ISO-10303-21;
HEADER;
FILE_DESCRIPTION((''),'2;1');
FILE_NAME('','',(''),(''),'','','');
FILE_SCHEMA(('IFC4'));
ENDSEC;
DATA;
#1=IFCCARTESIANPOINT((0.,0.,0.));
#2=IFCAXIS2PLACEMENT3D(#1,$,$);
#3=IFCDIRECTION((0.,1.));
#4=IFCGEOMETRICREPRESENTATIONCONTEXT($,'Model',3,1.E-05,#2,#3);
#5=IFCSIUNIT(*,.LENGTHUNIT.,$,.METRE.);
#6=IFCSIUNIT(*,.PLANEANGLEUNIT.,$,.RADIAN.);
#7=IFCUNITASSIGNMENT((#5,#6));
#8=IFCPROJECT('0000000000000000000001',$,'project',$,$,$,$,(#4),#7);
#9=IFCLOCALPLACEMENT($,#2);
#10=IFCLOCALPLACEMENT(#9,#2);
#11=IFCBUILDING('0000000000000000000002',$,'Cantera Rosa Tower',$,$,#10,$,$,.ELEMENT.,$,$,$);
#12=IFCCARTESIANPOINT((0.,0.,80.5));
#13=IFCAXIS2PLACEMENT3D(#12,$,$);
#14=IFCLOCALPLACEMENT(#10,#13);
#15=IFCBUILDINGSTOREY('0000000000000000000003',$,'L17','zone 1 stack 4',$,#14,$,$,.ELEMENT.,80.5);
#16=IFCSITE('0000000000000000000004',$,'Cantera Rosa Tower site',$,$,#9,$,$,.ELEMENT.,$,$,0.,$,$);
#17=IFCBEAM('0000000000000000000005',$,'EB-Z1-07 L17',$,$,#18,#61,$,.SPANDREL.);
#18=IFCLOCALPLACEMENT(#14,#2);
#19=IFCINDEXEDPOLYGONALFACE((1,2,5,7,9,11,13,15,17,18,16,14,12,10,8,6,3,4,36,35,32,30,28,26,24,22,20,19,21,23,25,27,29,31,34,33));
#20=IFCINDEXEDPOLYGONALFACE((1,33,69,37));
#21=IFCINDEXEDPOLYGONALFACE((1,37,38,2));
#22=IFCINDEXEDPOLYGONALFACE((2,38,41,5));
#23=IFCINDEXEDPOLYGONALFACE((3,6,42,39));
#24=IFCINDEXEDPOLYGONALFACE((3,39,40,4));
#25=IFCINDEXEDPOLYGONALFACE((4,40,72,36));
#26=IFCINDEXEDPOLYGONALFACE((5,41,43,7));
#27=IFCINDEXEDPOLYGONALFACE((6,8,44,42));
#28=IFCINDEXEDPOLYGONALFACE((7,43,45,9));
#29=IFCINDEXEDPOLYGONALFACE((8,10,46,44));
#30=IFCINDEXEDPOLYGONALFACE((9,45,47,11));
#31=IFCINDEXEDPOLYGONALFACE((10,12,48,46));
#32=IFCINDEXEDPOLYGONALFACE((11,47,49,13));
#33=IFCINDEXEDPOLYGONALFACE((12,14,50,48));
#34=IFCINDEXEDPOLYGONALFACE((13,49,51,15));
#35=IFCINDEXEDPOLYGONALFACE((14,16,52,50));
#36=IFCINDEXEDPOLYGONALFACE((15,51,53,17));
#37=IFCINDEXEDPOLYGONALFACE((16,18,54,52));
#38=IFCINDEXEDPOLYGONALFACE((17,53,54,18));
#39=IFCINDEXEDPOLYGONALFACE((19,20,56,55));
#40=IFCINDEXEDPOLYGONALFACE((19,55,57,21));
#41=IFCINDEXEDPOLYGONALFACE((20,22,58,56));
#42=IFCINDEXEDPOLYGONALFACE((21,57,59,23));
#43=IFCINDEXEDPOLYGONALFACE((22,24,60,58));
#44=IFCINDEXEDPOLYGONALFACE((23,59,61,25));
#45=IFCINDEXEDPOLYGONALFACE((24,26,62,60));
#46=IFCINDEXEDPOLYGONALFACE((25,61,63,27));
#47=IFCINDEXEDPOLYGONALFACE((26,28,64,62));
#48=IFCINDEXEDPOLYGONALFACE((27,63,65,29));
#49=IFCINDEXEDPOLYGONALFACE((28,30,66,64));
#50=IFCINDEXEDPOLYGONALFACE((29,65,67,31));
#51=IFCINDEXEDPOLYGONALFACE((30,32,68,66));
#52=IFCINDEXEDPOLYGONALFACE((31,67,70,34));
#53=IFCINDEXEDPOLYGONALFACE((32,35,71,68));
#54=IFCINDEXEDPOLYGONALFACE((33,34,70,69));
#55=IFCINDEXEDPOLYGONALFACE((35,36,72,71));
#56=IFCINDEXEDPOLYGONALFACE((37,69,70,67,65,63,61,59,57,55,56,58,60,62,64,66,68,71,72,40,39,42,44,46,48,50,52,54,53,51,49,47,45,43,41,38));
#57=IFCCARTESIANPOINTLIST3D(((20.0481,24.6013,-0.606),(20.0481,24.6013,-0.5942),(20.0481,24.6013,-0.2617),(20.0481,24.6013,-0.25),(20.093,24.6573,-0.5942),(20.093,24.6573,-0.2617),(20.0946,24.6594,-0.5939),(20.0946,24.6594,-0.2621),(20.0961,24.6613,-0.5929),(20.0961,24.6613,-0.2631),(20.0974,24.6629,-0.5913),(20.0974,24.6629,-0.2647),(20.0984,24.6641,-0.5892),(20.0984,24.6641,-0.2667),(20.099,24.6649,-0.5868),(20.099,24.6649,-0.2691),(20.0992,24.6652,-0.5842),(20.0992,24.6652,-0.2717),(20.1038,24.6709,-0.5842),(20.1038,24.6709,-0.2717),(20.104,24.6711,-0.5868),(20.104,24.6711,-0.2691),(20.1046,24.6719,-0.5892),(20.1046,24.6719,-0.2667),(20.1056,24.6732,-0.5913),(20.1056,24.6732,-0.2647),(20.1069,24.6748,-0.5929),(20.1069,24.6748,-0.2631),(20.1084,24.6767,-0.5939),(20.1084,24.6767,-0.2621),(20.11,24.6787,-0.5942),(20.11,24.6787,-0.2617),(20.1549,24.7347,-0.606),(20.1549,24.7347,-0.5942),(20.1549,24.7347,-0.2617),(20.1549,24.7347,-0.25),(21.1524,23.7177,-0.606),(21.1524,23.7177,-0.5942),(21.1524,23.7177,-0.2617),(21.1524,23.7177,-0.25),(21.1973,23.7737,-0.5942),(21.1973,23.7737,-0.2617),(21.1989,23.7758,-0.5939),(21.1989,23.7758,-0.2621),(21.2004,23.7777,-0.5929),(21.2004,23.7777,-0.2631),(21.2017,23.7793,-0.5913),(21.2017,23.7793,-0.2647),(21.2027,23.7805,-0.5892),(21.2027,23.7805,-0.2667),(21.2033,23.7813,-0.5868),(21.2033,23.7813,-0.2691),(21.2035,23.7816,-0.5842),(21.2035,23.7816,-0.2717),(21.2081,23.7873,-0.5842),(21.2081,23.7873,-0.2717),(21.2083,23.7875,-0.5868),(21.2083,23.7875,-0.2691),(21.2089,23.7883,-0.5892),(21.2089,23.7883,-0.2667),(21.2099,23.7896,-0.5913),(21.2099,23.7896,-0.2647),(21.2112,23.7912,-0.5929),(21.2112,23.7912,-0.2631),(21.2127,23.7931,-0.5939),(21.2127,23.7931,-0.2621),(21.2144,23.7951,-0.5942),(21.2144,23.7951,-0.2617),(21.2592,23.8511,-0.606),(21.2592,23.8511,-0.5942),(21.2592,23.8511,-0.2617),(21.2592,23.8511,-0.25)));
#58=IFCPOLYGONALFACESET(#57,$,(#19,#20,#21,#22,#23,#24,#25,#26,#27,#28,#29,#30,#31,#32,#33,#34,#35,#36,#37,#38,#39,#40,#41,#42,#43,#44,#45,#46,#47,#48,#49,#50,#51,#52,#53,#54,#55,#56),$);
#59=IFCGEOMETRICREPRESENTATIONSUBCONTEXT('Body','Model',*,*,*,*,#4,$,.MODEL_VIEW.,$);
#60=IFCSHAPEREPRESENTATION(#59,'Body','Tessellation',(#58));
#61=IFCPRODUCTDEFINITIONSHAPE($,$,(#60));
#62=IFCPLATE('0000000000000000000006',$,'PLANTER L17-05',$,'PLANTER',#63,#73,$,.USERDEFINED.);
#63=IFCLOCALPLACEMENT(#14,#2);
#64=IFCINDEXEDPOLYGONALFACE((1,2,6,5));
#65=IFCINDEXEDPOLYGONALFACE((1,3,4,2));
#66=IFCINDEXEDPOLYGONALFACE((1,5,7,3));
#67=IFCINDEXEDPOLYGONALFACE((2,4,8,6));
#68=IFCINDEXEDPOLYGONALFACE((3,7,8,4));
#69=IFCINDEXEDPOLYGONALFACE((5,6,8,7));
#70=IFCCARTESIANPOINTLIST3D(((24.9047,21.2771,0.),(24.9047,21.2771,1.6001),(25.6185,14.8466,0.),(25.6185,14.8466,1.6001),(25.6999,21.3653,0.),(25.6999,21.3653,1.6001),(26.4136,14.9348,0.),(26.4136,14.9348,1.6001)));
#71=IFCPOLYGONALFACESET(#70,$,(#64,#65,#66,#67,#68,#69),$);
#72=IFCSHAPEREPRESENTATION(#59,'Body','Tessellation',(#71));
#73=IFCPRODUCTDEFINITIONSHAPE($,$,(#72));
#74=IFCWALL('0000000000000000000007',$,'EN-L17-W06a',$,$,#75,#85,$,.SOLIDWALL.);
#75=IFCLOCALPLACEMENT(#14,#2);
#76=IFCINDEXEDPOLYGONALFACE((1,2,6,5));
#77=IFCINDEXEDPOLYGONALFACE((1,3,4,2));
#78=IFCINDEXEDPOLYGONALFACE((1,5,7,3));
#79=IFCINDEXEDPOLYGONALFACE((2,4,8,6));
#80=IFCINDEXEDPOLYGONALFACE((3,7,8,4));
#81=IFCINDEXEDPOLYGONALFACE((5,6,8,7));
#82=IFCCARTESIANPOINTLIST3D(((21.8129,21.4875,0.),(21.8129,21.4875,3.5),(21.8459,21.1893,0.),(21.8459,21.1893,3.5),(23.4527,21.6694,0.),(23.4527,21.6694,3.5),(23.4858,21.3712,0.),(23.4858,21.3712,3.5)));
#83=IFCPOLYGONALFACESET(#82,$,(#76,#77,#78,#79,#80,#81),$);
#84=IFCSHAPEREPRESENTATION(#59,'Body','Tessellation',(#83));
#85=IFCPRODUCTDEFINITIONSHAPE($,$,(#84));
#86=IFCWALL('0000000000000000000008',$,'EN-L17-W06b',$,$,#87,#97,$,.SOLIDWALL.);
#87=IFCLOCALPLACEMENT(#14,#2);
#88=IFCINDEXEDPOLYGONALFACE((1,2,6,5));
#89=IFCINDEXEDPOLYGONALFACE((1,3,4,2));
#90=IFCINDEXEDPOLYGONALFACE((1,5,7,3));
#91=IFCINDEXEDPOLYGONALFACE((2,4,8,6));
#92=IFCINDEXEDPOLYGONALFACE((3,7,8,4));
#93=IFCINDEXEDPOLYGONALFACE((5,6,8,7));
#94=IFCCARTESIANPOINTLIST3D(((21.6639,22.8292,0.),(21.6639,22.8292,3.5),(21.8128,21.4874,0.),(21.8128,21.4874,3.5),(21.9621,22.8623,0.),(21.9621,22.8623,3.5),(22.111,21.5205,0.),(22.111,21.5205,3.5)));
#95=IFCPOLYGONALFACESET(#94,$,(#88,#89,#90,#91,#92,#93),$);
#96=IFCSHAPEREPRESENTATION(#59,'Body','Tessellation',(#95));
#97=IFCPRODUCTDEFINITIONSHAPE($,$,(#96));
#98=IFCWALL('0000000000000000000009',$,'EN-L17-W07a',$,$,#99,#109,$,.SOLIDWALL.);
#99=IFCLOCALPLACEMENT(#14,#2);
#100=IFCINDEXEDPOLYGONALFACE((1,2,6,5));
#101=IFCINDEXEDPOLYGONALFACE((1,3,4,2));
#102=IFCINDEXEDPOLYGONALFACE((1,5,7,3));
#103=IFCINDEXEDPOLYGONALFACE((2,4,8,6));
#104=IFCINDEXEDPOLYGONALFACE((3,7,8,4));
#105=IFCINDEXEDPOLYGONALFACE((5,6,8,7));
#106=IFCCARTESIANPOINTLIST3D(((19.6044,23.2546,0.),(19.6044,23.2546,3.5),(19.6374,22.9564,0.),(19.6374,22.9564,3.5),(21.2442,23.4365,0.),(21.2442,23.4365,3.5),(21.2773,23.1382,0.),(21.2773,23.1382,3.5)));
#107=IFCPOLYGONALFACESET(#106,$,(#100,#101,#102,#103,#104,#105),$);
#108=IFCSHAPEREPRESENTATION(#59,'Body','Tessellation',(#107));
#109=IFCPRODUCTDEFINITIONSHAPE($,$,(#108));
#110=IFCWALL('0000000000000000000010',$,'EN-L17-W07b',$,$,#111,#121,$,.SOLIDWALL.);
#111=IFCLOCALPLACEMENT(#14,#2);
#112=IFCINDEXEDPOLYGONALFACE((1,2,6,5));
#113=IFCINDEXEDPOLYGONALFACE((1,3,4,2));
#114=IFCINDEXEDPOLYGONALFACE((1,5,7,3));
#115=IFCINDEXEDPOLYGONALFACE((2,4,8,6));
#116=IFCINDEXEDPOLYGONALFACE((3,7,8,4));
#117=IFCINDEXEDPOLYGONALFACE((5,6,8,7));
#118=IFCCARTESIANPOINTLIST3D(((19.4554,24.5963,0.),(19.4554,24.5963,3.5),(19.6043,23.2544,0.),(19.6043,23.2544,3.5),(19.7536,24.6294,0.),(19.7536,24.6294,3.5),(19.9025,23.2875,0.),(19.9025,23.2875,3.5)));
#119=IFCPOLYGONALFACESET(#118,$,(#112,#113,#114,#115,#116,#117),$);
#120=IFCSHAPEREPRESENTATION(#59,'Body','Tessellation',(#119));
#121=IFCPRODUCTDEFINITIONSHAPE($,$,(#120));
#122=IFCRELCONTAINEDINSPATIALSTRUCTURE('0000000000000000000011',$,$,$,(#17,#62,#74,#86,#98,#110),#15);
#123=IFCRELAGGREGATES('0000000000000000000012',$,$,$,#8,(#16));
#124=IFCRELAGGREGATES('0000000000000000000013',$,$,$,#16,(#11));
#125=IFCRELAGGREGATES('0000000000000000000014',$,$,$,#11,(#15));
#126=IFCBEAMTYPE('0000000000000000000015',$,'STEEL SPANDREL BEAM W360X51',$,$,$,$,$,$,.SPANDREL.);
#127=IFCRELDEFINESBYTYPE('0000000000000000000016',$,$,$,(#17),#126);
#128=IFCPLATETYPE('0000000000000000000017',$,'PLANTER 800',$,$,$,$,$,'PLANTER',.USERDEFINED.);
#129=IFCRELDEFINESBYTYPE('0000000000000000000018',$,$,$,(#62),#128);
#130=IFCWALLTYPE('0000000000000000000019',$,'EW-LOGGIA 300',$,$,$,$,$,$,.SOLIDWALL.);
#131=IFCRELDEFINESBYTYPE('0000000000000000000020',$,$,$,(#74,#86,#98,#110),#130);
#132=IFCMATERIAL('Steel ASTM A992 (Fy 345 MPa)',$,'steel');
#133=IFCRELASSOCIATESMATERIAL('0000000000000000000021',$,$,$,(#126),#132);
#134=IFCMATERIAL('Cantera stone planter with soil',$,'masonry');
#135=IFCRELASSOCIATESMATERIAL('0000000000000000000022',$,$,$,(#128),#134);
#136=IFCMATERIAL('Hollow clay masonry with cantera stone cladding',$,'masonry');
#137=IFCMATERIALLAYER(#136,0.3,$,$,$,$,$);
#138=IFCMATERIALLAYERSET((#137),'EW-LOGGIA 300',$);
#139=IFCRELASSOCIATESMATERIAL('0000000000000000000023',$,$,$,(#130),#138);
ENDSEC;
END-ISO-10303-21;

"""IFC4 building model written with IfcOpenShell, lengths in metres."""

from ifc_helpers import new_model, si_unit, direction, frame, frame_2d, origin, origin_2d, place, context, subcontext, project, spatial, rectangle, i_section, extrude, material, layer, layer_set, material_profile, profile_set, type_object, element, save


model = new_model("IFC4")

# Units and contexts
model_context = context("Model", 3, precision=1e-05, world=origin(), true_north=direction((0.0, 1.0)))
body_context = subcontext(model_context, "Body", "Model", "MODEL_VIEW")
ifc_project = project(units=[si_unit("LENGTHUNIT", "METRE"), si_unit("PLANEANGLEUNIT", "RADIAN")], contexts=[model_context])

# Site, building, storey
site_placement = place(None, origin())
site = spatial("IfcSite", under=ifc_project, at=site_placement, Name="Cantera Rosa Tower site", CompositionType="ELEMENT", RefElevation=0.0)
building_placement = place(site_placement, origin())
building = spatial("IfcBuilding", under=site, at=building_placement, Name="Cantera Rosa Tower", CompositionType="ELEMENT")
storey_placement = place(building_placement, frame((0.0, 0.0, 80.5)))
storey = spatial("IfcBuildingStorey", under=building, at=storey_placement, Name="L17", Description="zone 1 stack 4", CompositionType="ELEMENT", Elevation=80.5)

# Beam
ifc_material_1 = material(Name="Steel ASTM A992 (Fy 345 MPa)", Category="steel")
ifc_material_profile_1 = material_profile(ifc_material_1, i_section(OverallWidth=0.1709, OverallDepth=0.356, WebThickness=0.0073, FlangeThickness=0.0117, FilletRadius=0.01, at=origin_2d()), Name="W360X51")
ifc_profile_set_1 = profile_set([ifc_material_profile_1], Name="Steel ASTM A992 (Fy 345 MPa)")
beam_type_1 = type_object("IfcBeamType", Name="STEEL SPANDREL BEAM W360X51", PredefinedType="SPANDREL", material=ifc_profile_set_1)
for number, where, z_axis, x_axis, name in (
    (1, (21.2058, 23.7844, -0.428), (-0.780818, 0.624758, 0.0), (-0.624758, -0.780818, 0.0), "EB-Z1-07 L17"),
):
    element("IfcBeam", number, at=place(storey_placement, frame(where, z_axis=z_axis, x_axis=x_axis)), inside=storey, type_object=beam_type_1, Name=name, PredefinedType="SPANDREL", context=body_context, shape_type="SweptSolid", body=[
        extrude(i_section(OverallWidth=0.1709, OverallDepth=0.356, WebThickness=0.0073, FlangeThickness=0.0117, FilletRadius=0.01, at=origin_2d()), origin(), (0.0, 0.0, 1.0), 1.4143),
    ])

# Plate
ifc_material_2 = material(Name="Cantera stone planter with soil", Category="masonry")
plate_type = type_object("IfcPlateType", Name="PLANTER 800", ElementType="PLANTER", PredefinedType="USERDEFINED", material=ifc_material_2)
plate_placement = place(storey_placement, frame((25.6592, 18.106, 0.0), z_axis=(0.0, 0.0, 1.0), x_axis=(-0.110313, 0.993897, 0.0)))
element("IfcPlate", 2, at=plate_placement, inside=storey, type_object=plate_type, Name="PLANTER L17-05", ObjectType="PLANTER", PredefinedType="USERDEFINED", context=body_context, shape_type="SweptSolid", body=[
    extrude(rectangle(XDim=6.47, YDim=0.8, at=origin_2d()), origin(), (0.0, 0.0, 1.0), 1.6001),
])

# Walls
ifc_material_3 = material(Name="Hollow clay masonry with cantera stone cladding", Category="masonry")
ifc_layer_1 = layer(ifc_material_3, 0.3)
ifc_layer_set_1 = layer_set([ifc_layer_1], Name="EW-LOGGIA 300")
wall_type_1 = type_object("IfcWallType", Name="EW-LOGGIA 300", PredefinedType="SOLIDWALL", material=ifc_layer_set_1)
wall_1_placement = place(storey_placement, frame((23.4692, 21.5203, 0.0), z_axis=(0.0, 0.0, 1.0), x_axis=(-0.993905, -0.110237, 0.0)))
element("IfcWall", 3, at=wall_1_placement, inside=storey, type_object=wall_type_1, Name="EN-L17-W06a", PredefinedType="SOLIDWALL", context=body_context, shape_type="SweptSolid", body=[
    extrude(rectangle(XDim=1.6499, YDim=0.3, at=frame_2d((0.825, 0.0))), origin(), (0.0, 0.0, 1.0), 3.5),
])
wall_2_placement = place(storey_placement, frame((21.9619, 21.5039, 0.0), z_axis=(0.0, 0.0, 1.0), x_axis=(-0.110312, 0.993897, 0.0)))
element("IfcWall", 4, at=wall_2_placement, inside=storey, type_object=wall_type_1, Name="EN-L17-W06b", PredefinedType="SOLIDWALL", context=body_context, shape_type="SweptSolid", body=[
    extrude(rectangle(XDim=1.3501, YDim=0.3, at=frame_2d((0.675, 0.0))), origin(), (0.0, 0.0, 1.0), 3.5),
])
wall_3_placement = place(storey_placement, frame((21.2607, 23.2874, 0.0), z_axis=(0.0, 0.0, 1.0), x_axis=(-0.993905, -0.110237, 0.0)))
element("IfcWall", 5, at=wall_3_placement, inside=storey, type_object=wall_type_1, Name="EN-L17-W07a", PredefinedType="SOLIDWALL", context=body_context, shape_type="SweptSolid", body=[
    extrude(rectangle(XDim=1.6499, YDim=0.3, at=frame_2d((0.825, 0.0))), origin(), (0.0, 0.0, 1.0), 3.5),
])
wall_4_placement = place(storey_placement, frame((19.7534, 23.271, 0.0), z_axis=(0.0, 0.0, 1.0), x_axis=(-0.110312, 0.993897, 0.0)))
element("IfcWall", 6, at=wall_4_placement, inside=storey, type_object=wall_type_1, Name="EN-L17-W07b", PredefinedType="SOLIDWALL", context=body_context, shape_type="SweptSolid", body=[
    extrude(rectangle(XDim=1.3501, YDim=0.3, at=frame_2d((0.675, 0.0))), origin(), (0.0, 0.0, 1.0), 3.5),
])

save(model, "model.ifc")
